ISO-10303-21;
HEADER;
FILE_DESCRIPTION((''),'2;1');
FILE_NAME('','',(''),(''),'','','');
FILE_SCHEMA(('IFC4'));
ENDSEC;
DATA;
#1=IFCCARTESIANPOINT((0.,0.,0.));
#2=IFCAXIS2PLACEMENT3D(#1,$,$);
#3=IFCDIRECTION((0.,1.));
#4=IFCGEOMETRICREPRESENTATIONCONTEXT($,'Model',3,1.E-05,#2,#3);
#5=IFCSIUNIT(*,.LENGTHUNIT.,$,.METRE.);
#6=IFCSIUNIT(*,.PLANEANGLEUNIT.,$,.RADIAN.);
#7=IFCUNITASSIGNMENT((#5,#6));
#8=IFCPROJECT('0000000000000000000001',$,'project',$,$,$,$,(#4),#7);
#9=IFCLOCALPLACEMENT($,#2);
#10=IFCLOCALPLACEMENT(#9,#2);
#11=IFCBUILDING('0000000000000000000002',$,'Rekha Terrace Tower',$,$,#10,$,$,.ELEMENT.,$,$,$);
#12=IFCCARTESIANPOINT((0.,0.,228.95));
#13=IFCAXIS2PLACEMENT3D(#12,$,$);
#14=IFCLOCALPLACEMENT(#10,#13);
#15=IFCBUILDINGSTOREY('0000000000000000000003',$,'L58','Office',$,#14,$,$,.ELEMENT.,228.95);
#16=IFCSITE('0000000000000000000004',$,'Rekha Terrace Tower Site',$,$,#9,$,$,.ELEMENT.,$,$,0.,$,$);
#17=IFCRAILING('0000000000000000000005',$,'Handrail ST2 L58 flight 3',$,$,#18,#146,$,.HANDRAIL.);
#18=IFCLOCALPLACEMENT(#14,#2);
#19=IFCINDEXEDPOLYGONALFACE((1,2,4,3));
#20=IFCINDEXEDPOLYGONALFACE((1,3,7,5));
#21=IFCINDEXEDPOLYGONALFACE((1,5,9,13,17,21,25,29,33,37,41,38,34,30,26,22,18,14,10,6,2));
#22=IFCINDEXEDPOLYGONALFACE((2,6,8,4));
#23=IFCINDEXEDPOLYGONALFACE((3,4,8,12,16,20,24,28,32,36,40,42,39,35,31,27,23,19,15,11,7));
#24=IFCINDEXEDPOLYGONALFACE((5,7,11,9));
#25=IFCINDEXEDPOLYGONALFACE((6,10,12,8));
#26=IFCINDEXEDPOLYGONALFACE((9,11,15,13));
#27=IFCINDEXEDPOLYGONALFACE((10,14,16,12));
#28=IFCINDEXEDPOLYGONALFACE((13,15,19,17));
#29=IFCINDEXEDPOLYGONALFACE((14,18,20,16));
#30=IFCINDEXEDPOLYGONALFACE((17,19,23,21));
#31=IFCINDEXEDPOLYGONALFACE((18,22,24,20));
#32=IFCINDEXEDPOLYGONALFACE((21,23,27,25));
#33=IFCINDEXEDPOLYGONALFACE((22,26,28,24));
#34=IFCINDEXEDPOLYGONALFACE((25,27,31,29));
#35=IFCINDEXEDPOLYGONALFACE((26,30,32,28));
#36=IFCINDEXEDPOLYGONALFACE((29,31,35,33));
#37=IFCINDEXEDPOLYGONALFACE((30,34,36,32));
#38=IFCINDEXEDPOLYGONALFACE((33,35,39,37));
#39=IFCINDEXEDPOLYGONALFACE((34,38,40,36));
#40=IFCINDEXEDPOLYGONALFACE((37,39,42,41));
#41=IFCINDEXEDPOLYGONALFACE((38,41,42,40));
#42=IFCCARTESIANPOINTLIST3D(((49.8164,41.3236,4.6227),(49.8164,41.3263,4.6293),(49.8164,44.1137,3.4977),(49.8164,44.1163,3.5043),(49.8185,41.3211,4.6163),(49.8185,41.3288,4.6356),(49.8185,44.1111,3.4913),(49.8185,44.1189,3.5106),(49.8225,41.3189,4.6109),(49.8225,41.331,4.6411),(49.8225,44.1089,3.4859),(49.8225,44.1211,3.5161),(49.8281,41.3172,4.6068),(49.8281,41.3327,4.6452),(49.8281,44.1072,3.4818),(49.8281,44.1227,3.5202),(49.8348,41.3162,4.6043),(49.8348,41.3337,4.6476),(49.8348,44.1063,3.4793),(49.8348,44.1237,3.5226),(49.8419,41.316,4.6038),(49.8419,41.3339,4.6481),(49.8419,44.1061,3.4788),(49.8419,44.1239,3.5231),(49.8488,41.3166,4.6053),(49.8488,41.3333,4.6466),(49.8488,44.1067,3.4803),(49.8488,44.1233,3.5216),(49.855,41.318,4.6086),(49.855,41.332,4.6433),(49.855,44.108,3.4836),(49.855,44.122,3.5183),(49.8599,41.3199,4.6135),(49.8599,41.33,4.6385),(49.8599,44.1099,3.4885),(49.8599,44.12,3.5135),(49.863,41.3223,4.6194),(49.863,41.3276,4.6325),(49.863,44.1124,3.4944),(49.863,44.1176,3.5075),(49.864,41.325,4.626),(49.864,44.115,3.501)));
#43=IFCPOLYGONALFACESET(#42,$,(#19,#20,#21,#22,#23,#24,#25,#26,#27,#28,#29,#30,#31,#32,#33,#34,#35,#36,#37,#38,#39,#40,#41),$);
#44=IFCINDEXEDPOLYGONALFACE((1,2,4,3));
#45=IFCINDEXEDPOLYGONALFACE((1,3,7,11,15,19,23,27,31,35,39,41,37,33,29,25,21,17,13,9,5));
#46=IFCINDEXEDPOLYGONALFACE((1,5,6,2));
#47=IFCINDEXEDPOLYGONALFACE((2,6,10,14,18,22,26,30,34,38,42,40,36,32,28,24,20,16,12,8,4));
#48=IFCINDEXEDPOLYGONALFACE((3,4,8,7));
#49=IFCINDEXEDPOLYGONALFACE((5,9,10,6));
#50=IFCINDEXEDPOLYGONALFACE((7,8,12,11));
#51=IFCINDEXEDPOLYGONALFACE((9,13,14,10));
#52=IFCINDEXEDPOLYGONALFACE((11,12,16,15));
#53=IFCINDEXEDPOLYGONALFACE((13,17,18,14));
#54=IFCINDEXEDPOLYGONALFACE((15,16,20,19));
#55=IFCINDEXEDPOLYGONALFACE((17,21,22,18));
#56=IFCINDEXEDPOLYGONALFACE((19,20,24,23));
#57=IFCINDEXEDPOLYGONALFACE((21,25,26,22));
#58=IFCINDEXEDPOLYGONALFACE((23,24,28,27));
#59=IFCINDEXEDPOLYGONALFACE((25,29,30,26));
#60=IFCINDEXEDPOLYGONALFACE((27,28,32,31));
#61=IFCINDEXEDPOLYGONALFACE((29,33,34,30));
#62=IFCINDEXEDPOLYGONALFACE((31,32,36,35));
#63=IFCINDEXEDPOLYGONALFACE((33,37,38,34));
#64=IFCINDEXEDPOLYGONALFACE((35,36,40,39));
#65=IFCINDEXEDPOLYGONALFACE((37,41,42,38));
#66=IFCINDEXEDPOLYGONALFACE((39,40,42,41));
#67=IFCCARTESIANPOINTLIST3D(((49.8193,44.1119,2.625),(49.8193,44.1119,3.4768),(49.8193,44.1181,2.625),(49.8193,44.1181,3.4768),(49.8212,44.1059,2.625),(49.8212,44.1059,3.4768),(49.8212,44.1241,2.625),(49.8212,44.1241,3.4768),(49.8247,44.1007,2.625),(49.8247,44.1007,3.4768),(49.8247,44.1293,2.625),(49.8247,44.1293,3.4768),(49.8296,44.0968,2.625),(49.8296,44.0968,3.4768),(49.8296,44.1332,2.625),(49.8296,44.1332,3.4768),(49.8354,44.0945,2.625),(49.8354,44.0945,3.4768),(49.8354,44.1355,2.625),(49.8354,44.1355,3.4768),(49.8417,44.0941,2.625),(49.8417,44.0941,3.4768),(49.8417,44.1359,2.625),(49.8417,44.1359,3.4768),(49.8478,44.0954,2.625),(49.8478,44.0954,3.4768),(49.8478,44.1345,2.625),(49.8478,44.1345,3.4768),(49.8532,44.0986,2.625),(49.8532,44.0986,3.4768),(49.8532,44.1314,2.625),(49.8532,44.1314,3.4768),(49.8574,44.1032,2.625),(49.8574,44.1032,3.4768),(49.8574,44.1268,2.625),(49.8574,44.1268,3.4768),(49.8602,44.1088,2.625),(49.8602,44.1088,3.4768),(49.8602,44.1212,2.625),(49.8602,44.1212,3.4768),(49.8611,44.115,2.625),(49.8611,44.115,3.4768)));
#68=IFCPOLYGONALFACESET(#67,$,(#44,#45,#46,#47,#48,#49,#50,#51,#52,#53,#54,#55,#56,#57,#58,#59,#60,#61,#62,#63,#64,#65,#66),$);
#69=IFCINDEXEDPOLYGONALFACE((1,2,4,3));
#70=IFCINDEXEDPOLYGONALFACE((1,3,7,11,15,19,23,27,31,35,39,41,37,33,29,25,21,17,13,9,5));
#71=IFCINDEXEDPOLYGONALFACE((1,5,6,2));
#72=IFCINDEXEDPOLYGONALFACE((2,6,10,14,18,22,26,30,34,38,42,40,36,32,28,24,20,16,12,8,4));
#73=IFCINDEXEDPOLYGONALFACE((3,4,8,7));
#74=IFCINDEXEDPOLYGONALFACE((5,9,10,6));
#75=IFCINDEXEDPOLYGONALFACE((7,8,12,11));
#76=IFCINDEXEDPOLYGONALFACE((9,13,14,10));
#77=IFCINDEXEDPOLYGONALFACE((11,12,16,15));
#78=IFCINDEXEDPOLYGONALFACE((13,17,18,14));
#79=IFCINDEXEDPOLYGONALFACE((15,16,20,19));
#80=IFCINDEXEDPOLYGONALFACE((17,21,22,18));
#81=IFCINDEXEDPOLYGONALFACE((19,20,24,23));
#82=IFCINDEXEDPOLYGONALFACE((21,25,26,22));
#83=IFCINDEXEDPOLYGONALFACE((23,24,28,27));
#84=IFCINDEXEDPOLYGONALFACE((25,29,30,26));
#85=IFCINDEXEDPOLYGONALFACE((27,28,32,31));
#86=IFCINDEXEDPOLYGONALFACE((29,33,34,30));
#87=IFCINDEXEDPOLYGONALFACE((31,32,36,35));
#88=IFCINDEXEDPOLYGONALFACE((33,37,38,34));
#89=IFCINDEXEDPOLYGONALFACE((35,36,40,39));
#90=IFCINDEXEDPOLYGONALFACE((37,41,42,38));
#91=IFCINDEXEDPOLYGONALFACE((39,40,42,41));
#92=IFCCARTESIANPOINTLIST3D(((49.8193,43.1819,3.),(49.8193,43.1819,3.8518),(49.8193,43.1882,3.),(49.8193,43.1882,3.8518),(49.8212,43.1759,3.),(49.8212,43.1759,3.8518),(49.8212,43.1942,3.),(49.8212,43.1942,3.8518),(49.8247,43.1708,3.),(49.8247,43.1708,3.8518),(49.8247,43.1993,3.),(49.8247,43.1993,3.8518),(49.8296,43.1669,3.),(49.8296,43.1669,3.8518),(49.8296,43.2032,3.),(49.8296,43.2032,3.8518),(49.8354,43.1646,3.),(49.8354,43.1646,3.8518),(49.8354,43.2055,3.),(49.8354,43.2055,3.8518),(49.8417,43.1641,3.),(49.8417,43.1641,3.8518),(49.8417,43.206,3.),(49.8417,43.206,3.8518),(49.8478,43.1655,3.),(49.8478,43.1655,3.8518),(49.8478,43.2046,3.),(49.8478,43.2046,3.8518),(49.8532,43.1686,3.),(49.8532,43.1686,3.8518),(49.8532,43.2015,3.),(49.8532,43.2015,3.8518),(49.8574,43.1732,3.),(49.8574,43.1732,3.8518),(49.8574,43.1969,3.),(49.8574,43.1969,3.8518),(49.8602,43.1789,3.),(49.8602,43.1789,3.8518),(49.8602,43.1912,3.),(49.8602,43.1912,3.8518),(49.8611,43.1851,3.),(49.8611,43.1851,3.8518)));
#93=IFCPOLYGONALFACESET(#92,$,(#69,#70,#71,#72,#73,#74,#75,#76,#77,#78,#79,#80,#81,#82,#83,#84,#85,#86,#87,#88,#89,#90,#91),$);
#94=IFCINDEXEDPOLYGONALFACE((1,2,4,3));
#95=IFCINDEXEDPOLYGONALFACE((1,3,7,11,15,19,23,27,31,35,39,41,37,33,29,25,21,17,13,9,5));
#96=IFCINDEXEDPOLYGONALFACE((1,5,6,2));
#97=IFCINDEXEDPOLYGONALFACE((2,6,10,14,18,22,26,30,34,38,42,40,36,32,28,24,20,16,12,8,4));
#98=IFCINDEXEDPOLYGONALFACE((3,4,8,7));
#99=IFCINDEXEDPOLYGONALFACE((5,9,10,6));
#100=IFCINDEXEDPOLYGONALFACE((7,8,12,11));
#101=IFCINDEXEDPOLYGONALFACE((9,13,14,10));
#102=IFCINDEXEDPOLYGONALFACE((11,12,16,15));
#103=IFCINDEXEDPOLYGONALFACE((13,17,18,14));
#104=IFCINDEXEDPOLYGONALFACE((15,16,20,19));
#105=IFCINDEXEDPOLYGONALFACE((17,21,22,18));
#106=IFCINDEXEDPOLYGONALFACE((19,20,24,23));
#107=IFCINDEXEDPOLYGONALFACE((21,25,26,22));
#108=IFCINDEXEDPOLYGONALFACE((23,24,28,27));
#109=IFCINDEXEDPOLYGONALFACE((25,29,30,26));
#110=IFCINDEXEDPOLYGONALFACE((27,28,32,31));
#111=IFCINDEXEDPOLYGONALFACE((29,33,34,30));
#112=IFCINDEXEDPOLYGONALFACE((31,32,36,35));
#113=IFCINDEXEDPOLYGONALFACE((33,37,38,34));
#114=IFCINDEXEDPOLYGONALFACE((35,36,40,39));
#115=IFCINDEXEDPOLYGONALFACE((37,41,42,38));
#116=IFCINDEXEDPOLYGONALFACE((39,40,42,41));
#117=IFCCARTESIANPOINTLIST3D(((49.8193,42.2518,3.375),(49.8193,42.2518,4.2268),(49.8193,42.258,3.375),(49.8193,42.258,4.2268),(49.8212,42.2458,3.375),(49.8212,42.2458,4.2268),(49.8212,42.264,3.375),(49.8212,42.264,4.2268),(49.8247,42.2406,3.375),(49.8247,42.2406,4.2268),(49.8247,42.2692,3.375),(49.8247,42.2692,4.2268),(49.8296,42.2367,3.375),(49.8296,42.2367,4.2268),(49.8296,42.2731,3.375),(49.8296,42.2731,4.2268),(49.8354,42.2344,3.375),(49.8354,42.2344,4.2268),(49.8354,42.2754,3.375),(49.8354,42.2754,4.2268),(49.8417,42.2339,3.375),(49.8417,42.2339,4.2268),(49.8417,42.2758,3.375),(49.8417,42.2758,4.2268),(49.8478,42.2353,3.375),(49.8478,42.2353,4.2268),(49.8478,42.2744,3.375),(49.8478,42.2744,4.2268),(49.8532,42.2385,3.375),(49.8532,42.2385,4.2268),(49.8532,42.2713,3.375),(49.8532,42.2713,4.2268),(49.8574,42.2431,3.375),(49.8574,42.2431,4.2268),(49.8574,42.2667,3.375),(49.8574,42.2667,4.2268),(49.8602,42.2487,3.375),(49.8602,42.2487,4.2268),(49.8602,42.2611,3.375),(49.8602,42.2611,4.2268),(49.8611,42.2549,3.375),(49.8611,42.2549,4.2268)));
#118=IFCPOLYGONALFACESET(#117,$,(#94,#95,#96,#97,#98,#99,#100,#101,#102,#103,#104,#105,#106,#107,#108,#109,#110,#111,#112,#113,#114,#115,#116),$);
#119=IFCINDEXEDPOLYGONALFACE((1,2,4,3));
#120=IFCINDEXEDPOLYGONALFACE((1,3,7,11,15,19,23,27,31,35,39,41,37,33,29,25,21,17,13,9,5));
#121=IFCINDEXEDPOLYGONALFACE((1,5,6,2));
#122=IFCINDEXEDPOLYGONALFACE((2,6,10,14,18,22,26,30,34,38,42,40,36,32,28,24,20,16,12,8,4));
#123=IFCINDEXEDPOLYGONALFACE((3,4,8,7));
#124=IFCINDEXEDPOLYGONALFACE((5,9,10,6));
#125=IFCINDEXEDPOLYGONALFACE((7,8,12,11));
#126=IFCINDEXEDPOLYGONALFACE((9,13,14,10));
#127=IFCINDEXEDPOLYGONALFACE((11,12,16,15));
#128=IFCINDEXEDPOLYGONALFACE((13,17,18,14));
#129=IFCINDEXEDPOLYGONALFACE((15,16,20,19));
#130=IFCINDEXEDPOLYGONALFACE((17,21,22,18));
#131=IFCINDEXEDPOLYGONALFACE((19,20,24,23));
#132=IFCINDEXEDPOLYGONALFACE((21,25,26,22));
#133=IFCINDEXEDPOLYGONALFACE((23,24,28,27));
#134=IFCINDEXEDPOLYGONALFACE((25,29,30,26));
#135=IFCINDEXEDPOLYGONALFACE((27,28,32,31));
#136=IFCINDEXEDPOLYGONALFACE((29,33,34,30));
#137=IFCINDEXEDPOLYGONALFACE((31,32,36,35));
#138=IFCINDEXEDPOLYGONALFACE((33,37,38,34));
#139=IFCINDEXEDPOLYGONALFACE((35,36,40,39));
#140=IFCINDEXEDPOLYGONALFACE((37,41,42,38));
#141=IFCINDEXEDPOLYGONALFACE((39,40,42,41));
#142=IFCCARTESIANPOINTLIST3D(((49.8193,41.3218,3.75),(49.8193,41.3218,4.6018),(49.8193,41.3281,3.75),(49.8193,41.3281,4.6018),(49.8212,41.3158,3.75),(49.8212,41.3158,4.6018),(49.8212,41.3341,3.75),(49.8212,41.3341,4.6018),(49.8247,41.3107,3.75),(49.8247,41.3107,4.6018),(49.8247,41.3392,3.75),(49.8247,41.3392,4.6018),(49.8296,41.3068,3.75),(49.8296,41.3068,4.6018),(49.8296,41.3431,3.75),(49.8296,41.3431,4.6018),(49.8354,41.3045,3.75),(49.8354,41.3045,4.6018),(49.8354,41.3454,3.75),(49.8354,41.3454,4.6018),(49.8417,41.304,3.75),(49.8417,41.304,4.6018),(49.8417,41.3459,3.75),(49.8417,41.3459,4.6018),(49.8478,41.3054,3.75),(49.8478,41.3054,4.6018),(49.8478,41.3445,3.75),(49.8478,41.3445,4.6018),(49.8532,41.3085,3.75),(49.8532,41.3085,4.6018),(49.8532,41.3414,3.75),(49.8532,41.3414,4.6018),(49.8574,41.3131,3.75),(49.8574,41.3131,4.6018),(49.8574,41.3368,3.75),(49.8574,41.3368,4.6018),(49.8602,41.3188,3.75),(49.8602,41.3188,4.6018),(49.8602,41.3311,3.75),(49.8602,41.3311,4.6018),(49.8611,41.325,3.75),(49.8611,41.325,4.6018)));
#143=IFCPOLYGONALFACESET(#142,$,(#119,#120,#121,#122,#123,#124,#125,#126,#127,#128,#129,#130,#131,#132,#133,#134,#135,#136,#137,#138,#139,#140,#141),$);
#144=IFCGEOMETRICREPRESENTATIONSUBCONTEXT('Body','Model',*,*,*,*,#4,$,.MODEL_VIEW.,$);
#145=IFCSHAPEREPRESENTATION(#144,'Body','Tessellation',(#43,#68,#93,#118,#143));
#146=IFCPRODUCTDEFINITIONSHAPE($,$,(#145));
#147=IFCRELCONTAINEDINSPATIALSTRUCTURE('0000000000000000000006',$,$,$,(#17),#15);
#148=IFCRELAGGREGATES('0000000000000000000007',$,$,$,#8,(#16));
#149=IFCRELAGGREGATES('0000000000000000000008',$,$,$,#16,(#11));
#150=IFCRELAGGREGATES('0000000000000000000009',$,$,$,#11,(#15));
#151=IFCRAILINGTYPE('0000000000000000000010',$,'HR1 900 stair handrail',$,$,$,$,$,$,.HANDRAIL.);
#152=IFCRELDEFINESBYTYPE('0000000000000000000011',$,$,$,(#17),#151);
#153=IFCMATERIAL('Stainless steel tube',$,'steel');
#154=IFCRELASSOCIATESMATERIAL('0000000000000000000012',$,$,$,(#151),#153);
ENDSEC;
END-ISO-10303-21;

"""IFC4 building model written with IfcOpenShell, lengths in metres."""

from ifc_helpers import new_model, si_unit, direction, frame, origin, origin_2d, place, context, subcontext, project, spatial, circle, extrude, material, type_object, element, save


model = new_model("IFC4")

# Units and contexts
model_context = context("Model", 3, precision=1e-05, world=origin(), true_north=direction((0.0, 1.0)))
body_context = subcontext(model_context, "Body", "Model", "MODEL_VIEW")
ifc_project = project(units=[si_unit("LENGTHUNIT", "METRE"), si_unit("PLANEANGLEUNIT", "RADIAN")], contexts=[model_context])

# Site, building, storey
site_placement = place(None, origin())
site = spatial("IfcSite", under=ifc_project, at=site_placement, Name="Rekha Terrace Tower Site", CompositionType="ELEMENT", RefElevation=0.0)
building_placement = place(site_placement, origin())
building = spatial("IfcBuilding", under=site, at=building_placement, Name="Rekha Terrace Tower", CompositionType="ELEMENT")
storey_placement = place(building_placement, frame((0.0, 0.0, 228.95)))
storey = spatial("IfcBuildingStorey", under=building, at=storey_placement, Name="L58", Description="Office", CompositionType="ELEMENT", Elevation=228.95)

# Railing
ifc_material_1 = material(Name="Stainless steel tube", Category="steel")
railing_type_1 = type_object("IfcRailingType", Name="HR1 900 stair handrail", PredefinedType="HANDRAIL", material=ifc_material_1)
railing_1_placement = place(storey_placement, frame((49.8401, 44.115, 2.625)))
element("IfcRailing", 1, at=railing_1_placement, inside=storey, type_object=railing_type_1, Name="Handrail ST2 L58 flight 3", PredefinedType="HANDRAIL", context=body_context, shape_type="SweptSolid", body=[
    extrude(circle(Radius=0.0239, at=origin_2d()), frame((0.0, 0.0, 0.876), z_axis=(0.0, -0.927443, 0.373964), x_axis=(1.0, 0.0, 0.0)), (0.0, 0.0, 1.0), 3.0083),
    extrude(circle(Radius=0.021, at=origin_2d()), origin(), (0.0, 0.0, 1.0), 0.8518),
    extrude(circle(Radius=0.021, at=origin_2d()), frame((0.0, -0.9299, 0.375)), (0.0, 0.0, 1.0), 0.8518),
    extrude(circle(Radius=0.021, at=origin_2d()), frame((0.0, -1.8601, 0.75)), (0.0, 0.0, 1.0), 0.8518),
    extrude(circle(Radius=0.021, at=origin_2d()), frame((0.0, -2.79, 1.125)), (0.0, 0.0, 1.0), 0.8518),
])

save(model, "model.ifc")
